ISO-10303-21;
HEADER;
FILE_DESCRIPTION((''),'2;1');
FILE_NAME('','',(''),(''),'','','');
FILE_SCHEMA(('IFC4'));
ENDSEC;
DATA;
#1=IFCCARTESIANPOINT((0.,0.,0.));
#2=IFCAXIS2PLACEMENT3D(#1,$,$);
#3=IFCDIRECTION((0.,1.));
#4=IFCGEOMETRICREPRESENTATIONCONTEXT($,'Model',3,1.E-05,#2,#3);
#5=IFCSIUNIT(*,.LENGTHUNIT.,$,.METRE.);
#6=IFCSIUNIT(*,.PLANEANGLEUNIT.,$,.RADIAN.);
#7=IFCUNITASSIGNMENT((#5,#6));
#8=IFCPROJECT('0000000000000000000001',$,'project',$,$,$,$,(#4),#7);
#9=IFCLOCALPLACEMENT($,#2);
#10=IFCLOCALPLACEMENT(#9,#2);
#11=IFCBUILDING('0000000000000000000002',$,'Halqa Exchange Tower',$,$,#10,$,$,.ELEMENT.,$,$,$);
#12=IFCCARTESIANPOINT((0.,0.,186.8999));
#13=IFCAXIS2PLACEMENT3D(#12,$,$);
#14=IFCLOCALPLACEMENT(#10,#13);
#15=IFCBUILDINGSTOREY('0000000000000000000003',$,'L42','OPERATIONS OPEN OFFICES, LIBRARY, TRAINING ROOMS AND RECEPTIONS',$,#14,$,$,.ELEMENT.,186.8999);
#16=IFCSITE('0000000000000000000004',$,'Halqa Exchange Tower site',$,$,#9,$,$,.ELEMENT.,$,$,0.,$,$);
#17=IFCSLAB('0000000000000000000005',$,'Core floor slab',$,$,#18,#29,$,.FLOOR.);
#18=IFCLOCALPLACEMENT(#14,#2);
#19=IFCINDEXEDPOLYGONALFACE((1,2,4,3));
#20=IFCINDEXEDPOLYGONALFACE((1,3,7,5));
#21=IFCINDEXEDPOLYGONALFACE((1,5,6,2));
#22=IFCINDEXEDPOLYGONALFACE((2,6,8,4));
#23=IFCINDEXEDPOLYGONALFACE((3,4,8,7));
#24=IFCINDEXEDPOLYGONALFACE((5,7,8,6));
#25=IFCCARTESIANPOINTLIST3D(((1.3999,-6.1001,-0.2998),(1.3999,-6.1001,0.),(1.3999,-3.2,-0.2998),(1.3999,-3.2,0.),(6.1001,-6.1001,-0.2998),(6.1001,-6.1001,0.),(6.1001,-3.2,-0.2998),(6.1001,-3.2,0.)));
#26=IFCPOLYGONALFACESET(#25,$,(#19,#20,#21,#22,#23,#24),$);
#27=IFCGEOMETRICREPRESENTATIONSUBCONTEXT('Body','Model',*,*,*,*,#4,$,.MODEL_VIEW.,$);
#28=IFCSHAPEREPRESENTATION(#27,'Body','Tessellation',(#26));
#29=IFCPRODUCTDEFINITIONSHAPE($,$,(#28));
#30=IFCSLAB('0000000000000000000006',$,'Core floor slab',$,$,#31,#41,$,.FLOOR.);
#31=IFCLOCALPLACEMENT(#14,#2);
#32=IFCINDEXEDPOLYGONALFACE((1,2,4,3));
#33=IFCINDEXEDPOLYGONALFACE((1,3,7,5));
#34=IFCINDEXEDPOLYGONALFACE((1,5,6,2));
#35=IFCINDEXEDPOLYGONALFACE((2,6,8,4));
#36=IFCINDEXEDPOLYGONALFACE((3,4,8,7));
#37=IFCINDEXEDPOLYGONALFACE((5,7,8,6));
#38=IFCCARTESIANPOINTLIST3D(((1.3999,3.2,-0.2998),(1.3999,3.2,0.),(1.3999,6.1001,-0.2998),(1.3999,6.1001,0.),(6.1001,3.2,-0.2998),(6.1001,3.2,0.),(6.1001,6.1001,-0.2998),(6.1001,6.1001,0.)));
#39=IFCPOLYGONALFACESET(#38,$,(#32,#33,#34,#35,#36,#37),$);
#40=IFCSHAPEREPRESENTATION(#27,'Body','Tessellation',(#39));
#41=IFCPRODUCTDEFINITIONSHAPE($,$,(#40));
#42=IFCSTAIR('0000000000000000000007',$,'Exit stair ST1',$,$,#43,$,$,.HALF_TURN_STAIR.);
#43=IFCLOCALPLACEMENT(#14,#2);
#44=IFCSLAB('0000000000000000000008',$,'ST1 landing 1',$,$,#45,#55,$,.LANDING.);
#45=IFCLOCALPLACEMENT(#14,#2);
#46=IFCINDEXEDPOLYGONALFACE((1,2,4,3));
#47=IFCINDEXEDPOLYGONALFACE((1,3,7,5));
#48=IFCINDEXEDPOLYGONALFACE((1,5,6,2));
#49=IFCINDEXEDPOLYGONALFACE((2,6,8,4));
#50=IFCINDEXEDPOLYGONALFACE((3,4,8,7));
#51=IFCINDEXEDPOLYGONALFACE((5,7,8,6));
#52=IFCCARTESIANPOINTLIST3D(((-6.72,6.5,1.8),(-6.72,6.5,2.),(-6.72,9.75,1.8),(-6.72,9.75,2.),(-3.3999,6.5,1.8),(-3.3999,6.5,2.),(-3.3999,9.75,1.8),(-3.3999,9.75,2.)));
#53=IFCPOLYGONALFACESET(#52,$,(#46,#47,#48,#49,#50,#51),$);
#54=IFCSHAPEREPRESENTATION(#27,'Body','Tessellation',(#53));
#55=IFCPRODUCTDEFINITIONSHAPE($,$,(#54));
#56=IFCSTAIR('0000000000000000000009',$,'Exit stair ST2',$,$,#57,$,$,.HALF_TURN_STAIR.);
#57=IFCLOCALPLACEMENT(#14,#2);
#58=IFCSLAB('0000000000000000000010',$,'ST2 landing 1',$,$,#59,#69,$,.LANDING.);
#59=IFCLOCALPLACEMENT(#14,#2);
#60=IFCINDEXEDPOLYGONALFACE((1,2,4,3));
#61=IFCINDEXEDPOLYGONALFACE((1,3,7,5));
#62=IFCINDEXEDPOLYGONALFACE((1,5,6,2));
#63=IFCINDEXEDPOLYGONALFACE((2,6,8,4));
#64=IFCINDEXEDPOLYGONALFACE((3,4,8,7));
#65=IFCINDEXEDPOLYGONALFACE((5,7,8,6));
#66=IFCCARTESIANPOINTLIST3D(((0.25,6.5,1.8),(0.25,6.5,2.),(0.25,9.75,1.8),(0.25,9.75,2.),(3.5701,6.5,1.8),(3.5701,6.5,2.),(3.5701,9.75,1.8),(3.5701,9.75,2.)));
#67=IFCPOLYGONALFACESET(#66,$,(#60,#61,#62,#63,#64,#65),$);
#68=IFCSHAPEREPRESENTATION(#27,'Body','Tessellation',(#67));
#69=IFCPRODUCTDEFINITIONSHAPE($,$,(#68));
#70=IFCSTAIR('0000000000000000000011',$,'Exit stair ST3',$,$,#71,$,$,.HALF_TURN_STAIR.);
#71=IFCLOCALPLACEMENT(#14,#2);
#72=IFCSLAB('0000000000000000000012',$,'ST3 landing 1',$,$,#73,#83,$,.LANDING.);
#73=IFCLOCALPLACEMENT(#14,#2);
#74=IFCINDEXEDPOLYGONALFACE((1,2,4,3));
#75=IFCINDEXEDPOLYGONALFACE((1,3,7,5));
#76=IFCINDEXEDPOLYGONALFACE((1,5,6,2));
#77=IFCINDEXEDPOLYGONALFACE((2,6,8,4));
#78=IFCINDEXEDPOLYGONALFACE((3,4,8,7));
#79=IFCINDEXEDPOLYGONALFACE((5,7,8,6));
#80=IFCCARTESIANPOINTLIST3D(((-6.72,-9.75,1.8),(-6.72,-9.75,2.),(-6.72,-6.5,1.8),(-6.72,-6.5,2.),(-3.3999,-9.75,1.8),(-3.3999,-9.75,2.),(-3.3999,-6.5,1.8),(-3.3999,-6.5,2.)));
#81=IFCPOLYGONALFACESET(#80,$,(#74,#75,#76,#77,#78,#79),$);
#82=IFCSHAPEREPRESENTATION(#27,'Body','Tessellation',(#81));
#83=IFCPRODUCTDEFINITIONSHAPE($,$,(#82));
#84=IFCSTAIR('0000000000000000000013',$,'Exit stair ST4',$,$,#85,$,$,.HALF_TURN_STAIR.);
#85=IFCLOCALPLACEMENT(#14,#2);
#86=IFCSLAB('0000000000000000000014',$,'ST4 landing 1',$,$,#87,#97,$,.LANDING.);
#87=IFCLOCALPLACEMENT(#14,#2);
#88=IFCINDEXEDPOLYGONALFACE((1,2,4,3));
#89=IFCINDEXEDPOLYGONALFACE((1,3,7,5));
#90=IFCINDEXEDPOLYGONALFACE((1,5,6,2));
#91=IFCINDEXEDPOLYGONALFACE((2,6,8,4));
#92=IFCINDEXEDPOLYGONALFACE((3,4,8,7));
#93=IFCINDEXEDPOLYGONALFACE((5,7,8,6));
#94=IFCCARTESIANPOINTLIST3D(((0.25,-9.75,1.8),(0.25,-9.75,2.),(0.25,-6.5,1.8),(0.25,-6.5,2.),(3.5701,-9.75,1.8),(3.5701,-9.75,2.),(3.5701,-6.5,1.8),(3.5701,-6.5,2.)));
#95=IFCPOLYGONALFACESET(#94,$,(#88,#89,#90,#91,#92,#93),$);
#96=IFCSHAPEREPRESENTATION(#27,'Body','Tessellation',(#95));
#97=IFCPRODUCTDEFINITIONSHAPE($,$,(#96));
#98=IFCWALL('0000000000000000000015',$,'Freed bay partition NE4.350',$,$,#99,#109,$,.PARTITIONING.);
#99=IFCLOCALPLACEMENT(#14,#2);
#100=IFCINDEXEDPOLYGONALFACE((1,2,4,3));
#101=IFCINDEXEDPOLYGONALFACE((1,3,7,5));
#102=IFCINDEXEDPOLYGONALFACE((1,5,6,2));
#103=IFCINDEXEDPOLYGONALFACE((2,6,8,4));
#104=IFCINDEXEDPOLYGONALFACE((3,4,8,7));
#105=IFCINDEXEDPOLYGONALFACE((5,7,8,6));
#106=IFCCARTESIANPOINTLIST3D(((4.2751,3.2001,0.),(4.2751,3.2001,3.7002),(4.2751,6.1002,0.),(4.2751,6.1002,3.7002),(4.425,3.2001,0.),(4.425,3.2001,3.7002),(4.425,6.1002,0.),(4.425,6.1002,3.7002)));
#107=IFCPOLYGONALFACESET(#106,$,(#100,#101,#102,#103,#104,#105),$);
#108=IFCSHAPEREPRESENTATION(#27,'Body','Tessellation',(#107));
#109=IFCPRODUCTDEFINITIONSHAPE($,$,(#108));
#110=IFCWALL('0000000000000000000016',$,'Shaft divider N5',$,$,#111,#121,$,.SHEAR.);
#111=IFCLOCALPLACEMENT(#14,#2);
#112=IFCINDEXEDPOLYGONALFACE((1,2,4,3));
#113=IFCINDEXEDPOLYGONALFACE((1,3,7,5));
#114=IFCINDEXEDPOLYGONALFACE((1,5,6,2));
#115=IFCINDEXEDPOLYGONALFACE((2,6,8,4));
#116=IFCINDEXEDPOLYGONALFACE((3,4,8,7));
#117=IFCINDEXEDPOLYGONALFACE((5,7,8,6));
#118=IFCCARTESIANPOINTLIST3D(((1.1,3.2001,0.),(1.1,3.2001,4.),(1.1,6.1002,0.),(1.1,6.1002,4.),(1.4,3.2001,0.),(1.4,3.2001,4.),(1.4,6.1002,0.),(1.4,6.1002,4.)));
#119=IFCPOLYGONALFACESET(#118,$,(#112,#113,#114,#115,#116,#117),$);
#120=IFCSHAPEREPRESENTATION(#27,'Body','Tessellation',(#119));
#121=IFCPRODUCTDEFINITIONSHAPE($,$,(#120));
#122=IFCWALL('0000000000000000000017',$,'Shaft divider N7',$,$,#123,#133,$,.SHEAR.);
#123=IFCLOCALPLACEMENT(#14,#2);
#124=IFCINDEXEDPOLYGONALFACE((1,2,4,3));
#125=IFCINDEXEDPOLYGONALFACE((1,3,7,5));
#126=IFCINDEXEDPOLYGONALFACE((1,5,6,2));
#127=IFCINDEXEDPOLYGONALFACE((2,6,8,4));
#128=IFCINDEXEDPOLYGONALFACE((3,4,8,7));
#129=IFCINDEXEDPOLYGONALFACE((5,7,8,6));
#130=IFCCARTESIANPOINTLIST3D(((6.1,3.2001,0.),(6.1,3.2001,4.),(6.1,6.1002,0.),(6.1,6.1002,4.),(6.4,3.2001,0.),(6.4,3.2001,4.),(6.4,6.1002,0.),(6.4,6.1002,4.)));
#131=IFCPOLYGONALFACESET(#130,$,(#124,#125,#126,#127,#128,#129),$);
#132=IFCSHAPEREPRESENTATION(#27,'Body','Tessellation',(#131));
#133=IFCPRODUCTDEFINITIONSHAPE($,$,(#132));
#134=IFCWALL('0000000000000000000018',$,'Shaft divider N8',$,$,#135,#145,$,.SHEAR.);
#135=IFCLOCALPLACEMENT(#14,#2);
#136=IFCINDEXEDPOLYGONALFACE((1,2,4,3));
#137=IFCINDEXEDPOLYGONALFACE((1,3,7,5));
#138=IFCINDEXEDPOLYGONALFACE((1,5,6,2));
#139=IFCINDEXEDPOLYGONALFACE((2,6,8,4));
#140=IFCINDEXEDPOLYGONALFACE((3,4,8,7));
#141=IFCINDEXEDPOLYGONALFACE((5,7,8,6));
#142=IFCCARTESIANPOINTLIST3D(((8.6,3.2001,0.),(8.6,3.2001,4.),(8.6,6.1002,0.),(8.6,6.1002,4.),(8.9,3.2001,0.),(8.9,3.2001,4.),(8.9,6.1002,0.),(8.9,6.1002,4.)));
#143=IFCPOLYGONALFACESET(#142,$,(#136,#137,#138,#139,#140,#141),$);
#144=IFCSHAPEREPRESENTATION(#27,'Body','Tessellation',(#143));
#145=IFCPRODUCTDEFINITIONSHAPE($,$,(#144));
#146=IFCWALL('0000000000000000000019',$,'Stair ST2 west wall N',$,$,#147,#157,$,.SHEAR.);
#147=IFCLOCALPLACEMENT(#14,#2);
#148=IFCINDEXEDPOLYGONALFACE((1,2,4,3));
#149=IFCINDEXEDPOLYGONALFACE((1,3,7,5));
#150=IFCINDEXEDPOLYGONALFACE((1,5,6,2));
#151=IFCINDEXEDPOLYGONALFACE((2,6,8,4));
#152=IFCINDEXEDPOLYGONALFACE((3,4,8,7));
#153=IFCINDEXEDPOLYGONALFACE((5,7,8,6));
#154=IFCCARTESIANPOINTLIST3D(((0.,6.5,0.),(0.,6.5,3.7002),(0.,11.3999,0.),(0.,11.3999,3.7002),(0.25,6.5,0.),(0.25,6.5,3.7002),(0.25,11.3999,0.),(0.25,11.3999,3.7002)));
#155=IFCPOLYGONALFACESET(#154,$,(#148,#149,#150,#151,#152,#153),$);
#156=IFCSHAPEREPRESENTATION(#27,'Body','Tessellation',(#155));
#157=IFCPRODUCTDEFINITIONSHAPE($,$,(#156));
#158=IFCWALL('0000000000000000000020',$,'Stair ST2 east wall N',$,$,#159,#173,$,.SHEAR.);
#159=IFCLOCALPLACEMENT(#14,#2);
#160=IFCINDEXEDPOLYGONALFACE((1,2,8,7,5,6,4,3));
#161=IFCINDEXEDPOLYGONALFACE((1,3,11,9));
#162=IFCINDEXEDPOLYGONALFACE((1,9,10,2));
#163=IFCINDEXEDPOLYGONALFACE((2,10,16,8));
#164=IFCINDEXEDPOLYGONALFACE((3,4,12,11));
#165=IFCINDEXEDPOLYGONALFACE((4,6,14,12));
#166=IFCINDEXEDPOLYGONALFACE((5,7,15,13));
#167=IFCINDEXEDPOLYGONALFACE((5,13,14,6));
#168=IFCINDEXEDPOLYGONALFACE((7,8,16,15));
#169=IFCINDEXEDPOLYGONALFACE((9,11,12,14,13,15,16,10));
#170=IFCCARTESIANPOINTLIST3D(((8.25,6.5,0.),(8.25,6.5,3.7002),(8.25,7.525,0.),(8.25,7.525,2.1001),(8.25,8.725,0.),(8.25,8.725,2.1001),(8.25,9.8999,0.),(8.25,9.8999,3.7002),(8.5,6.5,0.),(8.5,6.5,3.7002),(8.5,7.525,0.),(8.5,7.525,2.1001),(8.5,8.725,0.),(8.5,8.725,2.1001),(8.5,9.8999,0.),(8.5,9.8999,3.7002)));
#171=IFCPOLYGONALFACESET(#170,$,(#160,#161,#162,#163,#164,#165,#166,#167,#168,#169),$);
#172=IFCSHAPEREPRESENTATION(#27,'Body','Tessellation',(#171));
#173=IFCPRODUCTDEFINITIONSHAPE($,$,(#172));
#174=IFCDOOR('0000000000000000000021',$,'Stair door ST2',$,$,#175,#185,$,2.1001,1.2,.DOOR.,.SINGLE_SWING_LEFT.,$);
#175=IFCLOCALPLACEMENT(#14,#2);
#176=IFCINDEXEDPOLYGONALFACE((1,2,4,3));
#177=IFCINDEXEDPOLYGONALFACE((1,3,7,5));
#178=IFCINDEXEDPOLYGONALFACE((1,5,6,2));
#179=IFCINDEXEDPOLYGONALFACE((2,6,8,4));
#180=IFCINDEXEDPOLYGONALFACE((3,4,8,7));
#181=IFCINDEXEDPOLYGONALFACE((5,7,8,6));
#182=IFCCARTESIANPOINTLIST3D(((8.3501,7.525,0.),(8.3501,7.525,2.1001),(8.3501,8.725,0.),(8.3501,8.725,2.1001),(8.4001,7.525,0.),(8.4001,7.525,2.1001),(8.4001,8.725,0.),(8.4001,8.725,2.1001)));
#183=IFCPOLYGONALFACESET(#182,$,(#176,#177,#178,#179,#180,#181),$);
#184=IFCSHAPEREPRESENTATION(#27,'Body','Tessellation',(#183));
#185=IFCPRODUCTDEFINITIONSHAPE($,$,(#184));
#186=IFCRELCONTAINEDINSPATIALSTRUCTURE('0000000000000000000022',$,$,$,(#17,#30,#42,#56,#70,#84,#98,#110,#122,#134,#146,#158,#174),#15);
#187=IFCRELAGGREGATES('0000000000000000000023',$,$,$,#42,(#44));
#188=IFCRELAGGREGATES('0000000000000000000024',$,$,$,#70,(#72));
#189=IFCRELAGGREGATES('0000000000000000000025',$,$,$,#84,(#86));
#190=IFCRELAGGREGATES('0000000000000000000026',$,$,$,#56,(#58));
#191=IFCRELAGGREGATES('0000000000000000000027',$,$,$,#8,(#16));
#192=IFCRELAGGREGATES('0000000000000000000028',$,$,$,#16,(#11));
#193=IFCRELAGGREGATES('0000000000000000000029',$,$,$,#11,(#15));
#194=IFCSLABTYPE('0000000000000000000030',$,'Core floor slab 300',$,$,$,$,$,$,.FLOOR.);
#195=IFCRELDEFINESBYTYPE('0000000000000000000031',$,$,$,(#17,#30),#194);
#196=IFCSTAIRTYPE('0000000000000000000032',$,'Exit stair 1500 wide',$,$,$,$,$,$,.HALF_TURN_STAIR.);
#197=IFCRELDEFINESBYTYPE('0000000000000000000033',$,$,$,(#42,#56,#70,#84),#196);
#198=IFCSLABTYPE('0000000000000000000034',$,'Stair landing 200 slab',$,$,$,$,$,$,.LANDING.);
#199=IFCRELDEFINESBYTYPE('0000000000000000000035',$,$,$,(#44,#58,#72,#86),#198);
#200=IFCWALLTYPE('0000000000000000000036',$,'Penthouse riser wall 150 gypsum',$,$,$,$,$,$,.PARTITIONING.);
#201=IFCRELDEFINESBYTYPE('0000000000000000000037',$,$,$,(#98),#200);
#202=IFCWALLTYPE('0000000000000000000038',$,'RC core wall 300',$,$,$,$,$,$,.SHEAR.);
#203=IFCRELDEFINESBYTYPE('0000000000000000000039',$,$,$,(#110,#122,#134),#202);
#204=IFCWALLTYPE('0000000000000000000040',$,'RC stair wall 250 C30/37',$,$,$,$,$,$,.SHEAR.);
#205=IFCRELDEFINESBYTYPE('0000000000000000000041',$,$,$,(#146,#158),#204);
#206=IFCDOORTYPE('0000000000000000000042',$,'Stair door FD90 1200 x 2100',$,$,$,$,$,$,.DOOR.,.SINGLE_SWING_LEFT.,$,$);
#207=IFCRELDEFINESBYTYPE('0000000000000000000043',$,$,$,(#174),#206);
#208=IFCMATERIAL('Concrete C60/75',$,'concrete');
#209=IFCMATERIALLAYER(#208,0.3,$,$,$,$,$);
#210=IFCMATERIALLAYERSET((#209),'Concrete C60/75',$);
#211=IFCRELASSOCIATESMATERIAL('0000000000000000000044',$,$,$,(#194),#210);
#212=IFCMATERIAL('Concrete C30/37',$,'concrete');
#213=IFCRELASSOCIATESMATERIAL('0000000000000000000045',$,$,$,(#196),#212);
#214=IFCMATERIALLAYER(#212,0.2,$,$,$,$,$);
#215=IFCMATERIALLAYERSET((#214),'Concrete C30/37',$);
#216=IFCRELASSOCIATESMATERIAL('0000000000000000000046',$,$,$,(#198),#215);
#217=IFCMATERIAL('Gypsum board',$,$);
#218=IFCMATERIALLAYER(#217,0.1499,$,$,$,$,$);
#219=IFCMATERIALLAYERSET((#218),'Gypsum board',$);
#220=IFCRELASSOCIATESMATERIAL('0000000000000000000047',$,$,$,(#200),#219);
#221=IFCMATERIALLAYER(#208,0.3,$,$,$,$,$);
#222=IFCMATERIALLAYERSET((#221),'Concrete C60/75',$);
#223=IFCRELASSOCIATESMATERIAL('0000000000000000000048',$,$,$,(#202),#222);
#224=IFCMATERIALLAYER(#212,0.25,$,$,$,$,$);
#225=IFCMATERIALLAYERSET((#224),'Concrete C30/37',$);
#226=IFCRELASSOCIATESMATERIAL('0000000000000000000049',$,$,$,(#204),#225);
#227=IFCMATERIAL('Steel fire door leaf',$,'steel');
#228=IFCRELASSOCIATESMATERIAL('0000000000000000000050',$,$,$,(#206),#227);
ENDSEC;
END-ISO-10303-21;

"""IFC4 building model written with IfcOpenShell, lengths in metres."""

from ifc_helpers import new_model, si_unit, direction, frame, frame_2d, origin, place, context, subcontext, project, spatial, polyline, rectangle, outline, extrude, material, layer, layer_set, type_object, element, fill, aggregate, save


model = new_model("IFC4")

# Units and contexts
model_context = context("Model", 3, precision=1e-05, world=origin(), true_north=direction((0.0, 1.0)))
body_context = subcontext(model_context, "Body", "Model", "MODEL_VIEW")
ifc_project = project(units=[si_unit("LENGTHUNIT", "METRE"), si_unit("PLANEANGLEUNIT", "RADIAN")], contexts=[model_context])

# Site, building, storey
site_placement = place(None, origin())
site = spatial("IfcSite", under=ifc_project, at=site_placement, Name="Halqa Exchange Tower site", CompositionType="ELEMENT", RefElevation=0.0)
building_placement = place(site_placement, origin())
building = spatial("IfcBuilding", under=site, at=building_placement, Name="Halqa Exchange Tower", CompositionType="ELEMENT")
storey_placement = place(building_placement, frame((0.0, 0.0, 186.8999)))
storey = spatial("IfcBuildingStorey", under=building, at=storey_placement, Name="L42", Description="OPERATIONS OPEN OFFICES, LIBRARY, TRAINING ROOMS AND RECEPTIONS", CompositionType="ELEMENT", Elevation=186.8999)

# Slabs
ifc_material_1 = material(Name="Concrete C60/75", Category="concrete")
ifc_layer_1 = layer(ifc_material_1, 0.3)
ifc_layer_set_1 = layer_set([ifc_layer_1], Name="Concrete C60/75")
slab_type_1 = type_object("IfcSlabType", Name="Core floor slab 300", PredefinedType="FLOOR", material=ifc_layer_set_1)
slab_1_placement = place(storey_placement, frame((0.0, 0.0, -0.2998)))
element("IfcSlab", 1, at=slab_1_placement, inside=storey, type_object=slab_type_1, Name="Core floor slab", PredefinedType="FLOOR", context=body_context, shape_type="SweptSolid", body=[
    extrude(outline(polyline([(6.1001, -3.2), (6.1001, -6.1001), (1.3999, -6.1001), (1.3999, -3.2), (6.1001, -3.2)])), origin(), (0.0, 0.0, 1.0), 0.2998),
])
slab_2_placement = place(storey_placement, frame((0.0, 0.0, -0.2998)))
element("IfcSlab", 2, at=slab_2_placement, inside=storey, type_object=slab_type_1, Name="Core floor slab", PredefinedType="FLOOR", context=body_context, shape_type="SweptSolid", body=[
    extrude(outline(polyline([(6.1001, 6.1001), (6.1001, 3.2), (1.3999, 3.2), (1.3999, 6.1001), (6.1001, 6.1001)])), origin(), (0.0, 0.0, 1.0), 0.2998),
])

# Stairs, slabs
ifc_material_2 = material(Name="Concrete C30/37", Category="concrete")
stair_type = type_object("IfcStairType", Name="Exit stair 1500 wide", PredefinedType="HALF_TURN_STAIR", material=ifc_material_2)
stair_1_placement = place(storey_placement, origin())
stair_1 = element("IfcStair", 3, at=stair_1_placement, inside=storey, type_object=stair_type, Name="Exit stair ST1", PredefinedType="HALF_TURN_STAIR")
ifc_layer_2 = layer(ifc_material_2, 0.2)
ifc_layer_set_2 = layer_set([ifc_layer_2], Name="Concrete C30/37")
slab_type_2 = type_object("IfcSlabType", Name="Stair landing 200 slab", PredefinedType="LANDING", material=ifc_layer_set_2)
slab_3_placement = place(storey_placement, frame((0.0, 0.0, 1.8)))
slab_3 = element("IfcSlab", 4, at=slab_3_placement, type_object=slab_type_2, Name="ST1 landing 1", PredefinedType="LANDING", context=body_context, shape_type="SweptSolid", body=[
    extrude(outline(polyline([(-6.72, 6.5), (-3.3999, 6.5), (-3.3999, 9.75), (-6.72, 9.75), (-6.72, 6.5)])), origin(), (0.0, 0.0, 1.0), 0.2),
])
aggregate(stair_1, [slab_3])
stair_2_placement = place(storey_placement, origin())
stair_2 = element("IfcStair", 5, at=stair_2_placement, inside=storey, type_object=stair_type, Name="Exit stair ST2", PredefinedType="HALF_TURN_STAIR")
slab_4_placement = place(storey_placement, frame((0.0, 0.0, 1.8)))
slab_4 = element("IfcSlab", 6, at=slab_4_placement, type_object=slab_type_2, Name="ST2 landing 1", PredefinedType="LANDING", context=body_context, shape_type="SweptSolid", body=[
    extrude(outline(polyline([(0.25, 6.5), (3.5701, 6.5), (3.5701, 9.75), (0.25, 9.75), (0.25, 6.5)])), origin(), (0.0, 0.0, 1.0), 0.2),
])
stair_3_placement = place(storey_placement, origin())
stair_3 = element("IfcStair", 7, at=stair_3_placement, inside=storey, type_object=stair_type, Name="Exit stair ST3", PredefinedType="HALF_TURN_STAIR")
slab_5_placement = place(storey_placement, frame((0.0, 0.0, 1.8)))
slab_5 = element("IfcSlab", 8, at=slab_5_placement, type_object=slab_type_2, Name="ST3 landing 1", PredefinedType="LANDING", context=body_context, shape_type="SweptSolid", body=[
    extrude(outline(polyline([(-6.72, -9.75), (-3.3999, -9.75), (-3.3999, -6.5), (-6.72, -6.5), (-6.72, -9.75)])), origin(), (0.0, 0.0, 1.0), 0.2),
])
aggregate(stair_3, [slab_5])
stair_4_placement = place(storey_placement, origin())
stair_4 = element("IfcStair", 9, at=stair_4_placement, inside=storey, type_object=stair_type, Name="Exit stair ST4", PredefinedType="HALF_TURN_STAIR")
slab_6_placement = place(storey_placement, frame((0.0, 0.0, 1.8)))
slab_6 = element("IfcSlab", 10, at=slab_6_placement, type_object=slab_type_2, Name="ST4 landing 1", PredefinedType="LANDING", context=body_context, shape_type="SweptSolid", body=[
    extrude(outline(polyline([(0.25, -9.75), (3.5701, -9.75), (3.5701, -6.5), (0.25, -6.5), (0.25, -9.75)])), origin(), (0.0, 0.0, 1.0), 0.2),
])
aggregate(stair_4, [slab_6])

# Walls
ifc_material_3 = material(Name="Gypsum board")
ifc_layer_3 = layer(ifc_material_3, 0.1499)
ifc_layer_set_3 = layer_set([ifc_layer_3], Name="Gypsum board")
wall_type_1 = type_object("IfcWallType", Name="Penthouse riser wall 150 gypsum", PredefinedType="PARTITIONING", material=ifc_layer_set_3)
wall_1_placement = place(storey_placement, frame((4.3501, 3.2, 0.0), z_axis=(0.0, 0.0, 1.0), x_axis=(0.0, 1.0, 0.0)))
element("IfcWall", 11, at=wall_1_placement, inside=storey, type_object=wall_type_1, Name="Freed bay partition NE4.350", PredefinedType="PARTITIONING", context=body_context, shape_type="SweptSolid", body=[
    extrude(rectangle(XDim=2.9001, YDim=0.1499, at=frame_2d((1.4502, 0.0))), origin(), (0.0, 0.0, 1.0), 3.7002),
])
ifc_layer_4 = layer(ifc_material_1, 0.3)
ifc_layer_set_4 = layer_set([ifc_layer_4], Name="Concrete C60/75")
wall_type_2 = type_object("IfcWallType", Name="RC core wall 300", PredefinedType="SHEAR", material=ifc_layer_set_4)
for number, where, z_axis, x_axis, name in (
    (12, (1.25, 3.2, 0.0), (0.0, 0.0, 1.0), (0.0, 1.0, 0.0), "Shaft divider N5"),
    (13, (6.25, 3.2, 0.0), (0.0, 0.0, 1.0), (0.0, 1.0, 0.0), "Shaft divider N7"),
    (14, (8.75, 3.2, 0.0), (0.0, 0.0, 1.0), (0.0, 1.0, 0.0), "Shaft divider N8"),
):
    element("IfcWall", number, at=place(storey_placement, frame(where, z_axis=z_axis, x_axis=x_axis)), inside=storey, type_object=wall_type_2, Name=name, PredefinedType="SHEAR", context=body_context, shape_type="SweptSolid", body=[
        extrude(rectangle(XDim=2.9001, YDim=0.3, at=frame_2d((1.4502, 0.0))), origin(), (0.0, 0.0, 1.0), 4.0),
    ])
ifc_layer_5 = layer(ifc_material_2, 0.25)
ifc_layer_set_5 = layer_set([ifc_layer_5], Name="Concrete C30/37")
wall_type_3 = type_object("IfcWallType", Name="RC stair wall 250 C30/37", PredefinedType="SHEAR", material=ifc_layer_set_5)
wall_2_placement = place(storey_placement, frame((0.125, 6.5, 0.0), z_axis=(0.0, 0.0, 1.0), x_axis=(0.0, 1.0, 0.0)))
element("IfcWall", 15, at=wall_2_placement, inside=storey, type_object=wall_type_3, Name="Stair ST2 west wall N", PredefinedType="SHEAR", context=body_context, shape_type="SweptSolid", body=[
    extrude(rectangle(XDim=4.8999, YDim=0.25, at=frame_2d((2.45, 0.0))), origin(), (0.0, 0.0, 1.0), 3.7002),
])

# Wall, opening, door
wall_3_placement = place(storey_placement, frame((8.375, 6.5, 0.0), z_axis=(0.0, 0.0, 1.0), x_axis=(0.0, 1.0, 0.0)))
wall_3 = element("IfcWall", 16, at=wall_3_placement, inside=storey, type_object=wall_type_3, Name="Stair ST2 east wall N", PredefinedType="SHEAR", context=body_context, shape_type="SweptSolid", body=[
    extrude(rectangle(XDim=3.3999, YDim=0.25, at=frame_2d((1.7, 0.0))), origin(), (0.0, 0.0, 1.0), 3.7002),
])
opening_placement = place(wall_3_placement, frame((1.0249, 0.0, 0.0)))
opening = element("IfcOpeningElement", 17, at=opening_placement, cuts=wall_3, PredefinedType="OPENING", context=body_context, shape_type="SweptSolid", body=[
    extrude(rectangle(XDim=1.2, YDim=2.1001, at=frame_2d((0.6001, 1.05))), frame((0.0, 0.137, 0.0), z_axis=(0.0, -1.0, 0.0), x_axis=(1.0, 0.0, 0.0)), (0.0, 0.0, 1.0), 0.2739),
])
ifc_material_4 = material(Name="Steel fire door leaf", Category="steel")
door_type = type_object("IfcDoorType", Name="Stair door FD90 1200 x 2100", OperationType="SINGLE_SWING_LEFT", PredefinedType="DOOR", material=ifc_material_4)
door_placement = place(opening_placement, origin())
door = element("IfcDoor", 18, at=door_placement, inside=storey, type_object=door_type, Name="Stair door ST2", OperationType="SINGLE_SWING_LEFT", OverallHeight=2.1001, OverallWidth=1.2, PredefinedType="DOOR", context=body_context, shape_type="SweptSolid", body=[
    extrude(rectangle(XDim=1.2, YDim=2.1001, at=frame_2d((0.6001, 1.05))), frame((0.0, 0.0249, 0.0), z_axis=(0.0, -1.0, 0.0), x_axis=(1.0, 0.0, 0.0)), (0.0, 0.0, 1.0), 0.05),
])
fill(opening, door)

aggregate(stair_2, [slab_4])

save(model, "model.ifc")
